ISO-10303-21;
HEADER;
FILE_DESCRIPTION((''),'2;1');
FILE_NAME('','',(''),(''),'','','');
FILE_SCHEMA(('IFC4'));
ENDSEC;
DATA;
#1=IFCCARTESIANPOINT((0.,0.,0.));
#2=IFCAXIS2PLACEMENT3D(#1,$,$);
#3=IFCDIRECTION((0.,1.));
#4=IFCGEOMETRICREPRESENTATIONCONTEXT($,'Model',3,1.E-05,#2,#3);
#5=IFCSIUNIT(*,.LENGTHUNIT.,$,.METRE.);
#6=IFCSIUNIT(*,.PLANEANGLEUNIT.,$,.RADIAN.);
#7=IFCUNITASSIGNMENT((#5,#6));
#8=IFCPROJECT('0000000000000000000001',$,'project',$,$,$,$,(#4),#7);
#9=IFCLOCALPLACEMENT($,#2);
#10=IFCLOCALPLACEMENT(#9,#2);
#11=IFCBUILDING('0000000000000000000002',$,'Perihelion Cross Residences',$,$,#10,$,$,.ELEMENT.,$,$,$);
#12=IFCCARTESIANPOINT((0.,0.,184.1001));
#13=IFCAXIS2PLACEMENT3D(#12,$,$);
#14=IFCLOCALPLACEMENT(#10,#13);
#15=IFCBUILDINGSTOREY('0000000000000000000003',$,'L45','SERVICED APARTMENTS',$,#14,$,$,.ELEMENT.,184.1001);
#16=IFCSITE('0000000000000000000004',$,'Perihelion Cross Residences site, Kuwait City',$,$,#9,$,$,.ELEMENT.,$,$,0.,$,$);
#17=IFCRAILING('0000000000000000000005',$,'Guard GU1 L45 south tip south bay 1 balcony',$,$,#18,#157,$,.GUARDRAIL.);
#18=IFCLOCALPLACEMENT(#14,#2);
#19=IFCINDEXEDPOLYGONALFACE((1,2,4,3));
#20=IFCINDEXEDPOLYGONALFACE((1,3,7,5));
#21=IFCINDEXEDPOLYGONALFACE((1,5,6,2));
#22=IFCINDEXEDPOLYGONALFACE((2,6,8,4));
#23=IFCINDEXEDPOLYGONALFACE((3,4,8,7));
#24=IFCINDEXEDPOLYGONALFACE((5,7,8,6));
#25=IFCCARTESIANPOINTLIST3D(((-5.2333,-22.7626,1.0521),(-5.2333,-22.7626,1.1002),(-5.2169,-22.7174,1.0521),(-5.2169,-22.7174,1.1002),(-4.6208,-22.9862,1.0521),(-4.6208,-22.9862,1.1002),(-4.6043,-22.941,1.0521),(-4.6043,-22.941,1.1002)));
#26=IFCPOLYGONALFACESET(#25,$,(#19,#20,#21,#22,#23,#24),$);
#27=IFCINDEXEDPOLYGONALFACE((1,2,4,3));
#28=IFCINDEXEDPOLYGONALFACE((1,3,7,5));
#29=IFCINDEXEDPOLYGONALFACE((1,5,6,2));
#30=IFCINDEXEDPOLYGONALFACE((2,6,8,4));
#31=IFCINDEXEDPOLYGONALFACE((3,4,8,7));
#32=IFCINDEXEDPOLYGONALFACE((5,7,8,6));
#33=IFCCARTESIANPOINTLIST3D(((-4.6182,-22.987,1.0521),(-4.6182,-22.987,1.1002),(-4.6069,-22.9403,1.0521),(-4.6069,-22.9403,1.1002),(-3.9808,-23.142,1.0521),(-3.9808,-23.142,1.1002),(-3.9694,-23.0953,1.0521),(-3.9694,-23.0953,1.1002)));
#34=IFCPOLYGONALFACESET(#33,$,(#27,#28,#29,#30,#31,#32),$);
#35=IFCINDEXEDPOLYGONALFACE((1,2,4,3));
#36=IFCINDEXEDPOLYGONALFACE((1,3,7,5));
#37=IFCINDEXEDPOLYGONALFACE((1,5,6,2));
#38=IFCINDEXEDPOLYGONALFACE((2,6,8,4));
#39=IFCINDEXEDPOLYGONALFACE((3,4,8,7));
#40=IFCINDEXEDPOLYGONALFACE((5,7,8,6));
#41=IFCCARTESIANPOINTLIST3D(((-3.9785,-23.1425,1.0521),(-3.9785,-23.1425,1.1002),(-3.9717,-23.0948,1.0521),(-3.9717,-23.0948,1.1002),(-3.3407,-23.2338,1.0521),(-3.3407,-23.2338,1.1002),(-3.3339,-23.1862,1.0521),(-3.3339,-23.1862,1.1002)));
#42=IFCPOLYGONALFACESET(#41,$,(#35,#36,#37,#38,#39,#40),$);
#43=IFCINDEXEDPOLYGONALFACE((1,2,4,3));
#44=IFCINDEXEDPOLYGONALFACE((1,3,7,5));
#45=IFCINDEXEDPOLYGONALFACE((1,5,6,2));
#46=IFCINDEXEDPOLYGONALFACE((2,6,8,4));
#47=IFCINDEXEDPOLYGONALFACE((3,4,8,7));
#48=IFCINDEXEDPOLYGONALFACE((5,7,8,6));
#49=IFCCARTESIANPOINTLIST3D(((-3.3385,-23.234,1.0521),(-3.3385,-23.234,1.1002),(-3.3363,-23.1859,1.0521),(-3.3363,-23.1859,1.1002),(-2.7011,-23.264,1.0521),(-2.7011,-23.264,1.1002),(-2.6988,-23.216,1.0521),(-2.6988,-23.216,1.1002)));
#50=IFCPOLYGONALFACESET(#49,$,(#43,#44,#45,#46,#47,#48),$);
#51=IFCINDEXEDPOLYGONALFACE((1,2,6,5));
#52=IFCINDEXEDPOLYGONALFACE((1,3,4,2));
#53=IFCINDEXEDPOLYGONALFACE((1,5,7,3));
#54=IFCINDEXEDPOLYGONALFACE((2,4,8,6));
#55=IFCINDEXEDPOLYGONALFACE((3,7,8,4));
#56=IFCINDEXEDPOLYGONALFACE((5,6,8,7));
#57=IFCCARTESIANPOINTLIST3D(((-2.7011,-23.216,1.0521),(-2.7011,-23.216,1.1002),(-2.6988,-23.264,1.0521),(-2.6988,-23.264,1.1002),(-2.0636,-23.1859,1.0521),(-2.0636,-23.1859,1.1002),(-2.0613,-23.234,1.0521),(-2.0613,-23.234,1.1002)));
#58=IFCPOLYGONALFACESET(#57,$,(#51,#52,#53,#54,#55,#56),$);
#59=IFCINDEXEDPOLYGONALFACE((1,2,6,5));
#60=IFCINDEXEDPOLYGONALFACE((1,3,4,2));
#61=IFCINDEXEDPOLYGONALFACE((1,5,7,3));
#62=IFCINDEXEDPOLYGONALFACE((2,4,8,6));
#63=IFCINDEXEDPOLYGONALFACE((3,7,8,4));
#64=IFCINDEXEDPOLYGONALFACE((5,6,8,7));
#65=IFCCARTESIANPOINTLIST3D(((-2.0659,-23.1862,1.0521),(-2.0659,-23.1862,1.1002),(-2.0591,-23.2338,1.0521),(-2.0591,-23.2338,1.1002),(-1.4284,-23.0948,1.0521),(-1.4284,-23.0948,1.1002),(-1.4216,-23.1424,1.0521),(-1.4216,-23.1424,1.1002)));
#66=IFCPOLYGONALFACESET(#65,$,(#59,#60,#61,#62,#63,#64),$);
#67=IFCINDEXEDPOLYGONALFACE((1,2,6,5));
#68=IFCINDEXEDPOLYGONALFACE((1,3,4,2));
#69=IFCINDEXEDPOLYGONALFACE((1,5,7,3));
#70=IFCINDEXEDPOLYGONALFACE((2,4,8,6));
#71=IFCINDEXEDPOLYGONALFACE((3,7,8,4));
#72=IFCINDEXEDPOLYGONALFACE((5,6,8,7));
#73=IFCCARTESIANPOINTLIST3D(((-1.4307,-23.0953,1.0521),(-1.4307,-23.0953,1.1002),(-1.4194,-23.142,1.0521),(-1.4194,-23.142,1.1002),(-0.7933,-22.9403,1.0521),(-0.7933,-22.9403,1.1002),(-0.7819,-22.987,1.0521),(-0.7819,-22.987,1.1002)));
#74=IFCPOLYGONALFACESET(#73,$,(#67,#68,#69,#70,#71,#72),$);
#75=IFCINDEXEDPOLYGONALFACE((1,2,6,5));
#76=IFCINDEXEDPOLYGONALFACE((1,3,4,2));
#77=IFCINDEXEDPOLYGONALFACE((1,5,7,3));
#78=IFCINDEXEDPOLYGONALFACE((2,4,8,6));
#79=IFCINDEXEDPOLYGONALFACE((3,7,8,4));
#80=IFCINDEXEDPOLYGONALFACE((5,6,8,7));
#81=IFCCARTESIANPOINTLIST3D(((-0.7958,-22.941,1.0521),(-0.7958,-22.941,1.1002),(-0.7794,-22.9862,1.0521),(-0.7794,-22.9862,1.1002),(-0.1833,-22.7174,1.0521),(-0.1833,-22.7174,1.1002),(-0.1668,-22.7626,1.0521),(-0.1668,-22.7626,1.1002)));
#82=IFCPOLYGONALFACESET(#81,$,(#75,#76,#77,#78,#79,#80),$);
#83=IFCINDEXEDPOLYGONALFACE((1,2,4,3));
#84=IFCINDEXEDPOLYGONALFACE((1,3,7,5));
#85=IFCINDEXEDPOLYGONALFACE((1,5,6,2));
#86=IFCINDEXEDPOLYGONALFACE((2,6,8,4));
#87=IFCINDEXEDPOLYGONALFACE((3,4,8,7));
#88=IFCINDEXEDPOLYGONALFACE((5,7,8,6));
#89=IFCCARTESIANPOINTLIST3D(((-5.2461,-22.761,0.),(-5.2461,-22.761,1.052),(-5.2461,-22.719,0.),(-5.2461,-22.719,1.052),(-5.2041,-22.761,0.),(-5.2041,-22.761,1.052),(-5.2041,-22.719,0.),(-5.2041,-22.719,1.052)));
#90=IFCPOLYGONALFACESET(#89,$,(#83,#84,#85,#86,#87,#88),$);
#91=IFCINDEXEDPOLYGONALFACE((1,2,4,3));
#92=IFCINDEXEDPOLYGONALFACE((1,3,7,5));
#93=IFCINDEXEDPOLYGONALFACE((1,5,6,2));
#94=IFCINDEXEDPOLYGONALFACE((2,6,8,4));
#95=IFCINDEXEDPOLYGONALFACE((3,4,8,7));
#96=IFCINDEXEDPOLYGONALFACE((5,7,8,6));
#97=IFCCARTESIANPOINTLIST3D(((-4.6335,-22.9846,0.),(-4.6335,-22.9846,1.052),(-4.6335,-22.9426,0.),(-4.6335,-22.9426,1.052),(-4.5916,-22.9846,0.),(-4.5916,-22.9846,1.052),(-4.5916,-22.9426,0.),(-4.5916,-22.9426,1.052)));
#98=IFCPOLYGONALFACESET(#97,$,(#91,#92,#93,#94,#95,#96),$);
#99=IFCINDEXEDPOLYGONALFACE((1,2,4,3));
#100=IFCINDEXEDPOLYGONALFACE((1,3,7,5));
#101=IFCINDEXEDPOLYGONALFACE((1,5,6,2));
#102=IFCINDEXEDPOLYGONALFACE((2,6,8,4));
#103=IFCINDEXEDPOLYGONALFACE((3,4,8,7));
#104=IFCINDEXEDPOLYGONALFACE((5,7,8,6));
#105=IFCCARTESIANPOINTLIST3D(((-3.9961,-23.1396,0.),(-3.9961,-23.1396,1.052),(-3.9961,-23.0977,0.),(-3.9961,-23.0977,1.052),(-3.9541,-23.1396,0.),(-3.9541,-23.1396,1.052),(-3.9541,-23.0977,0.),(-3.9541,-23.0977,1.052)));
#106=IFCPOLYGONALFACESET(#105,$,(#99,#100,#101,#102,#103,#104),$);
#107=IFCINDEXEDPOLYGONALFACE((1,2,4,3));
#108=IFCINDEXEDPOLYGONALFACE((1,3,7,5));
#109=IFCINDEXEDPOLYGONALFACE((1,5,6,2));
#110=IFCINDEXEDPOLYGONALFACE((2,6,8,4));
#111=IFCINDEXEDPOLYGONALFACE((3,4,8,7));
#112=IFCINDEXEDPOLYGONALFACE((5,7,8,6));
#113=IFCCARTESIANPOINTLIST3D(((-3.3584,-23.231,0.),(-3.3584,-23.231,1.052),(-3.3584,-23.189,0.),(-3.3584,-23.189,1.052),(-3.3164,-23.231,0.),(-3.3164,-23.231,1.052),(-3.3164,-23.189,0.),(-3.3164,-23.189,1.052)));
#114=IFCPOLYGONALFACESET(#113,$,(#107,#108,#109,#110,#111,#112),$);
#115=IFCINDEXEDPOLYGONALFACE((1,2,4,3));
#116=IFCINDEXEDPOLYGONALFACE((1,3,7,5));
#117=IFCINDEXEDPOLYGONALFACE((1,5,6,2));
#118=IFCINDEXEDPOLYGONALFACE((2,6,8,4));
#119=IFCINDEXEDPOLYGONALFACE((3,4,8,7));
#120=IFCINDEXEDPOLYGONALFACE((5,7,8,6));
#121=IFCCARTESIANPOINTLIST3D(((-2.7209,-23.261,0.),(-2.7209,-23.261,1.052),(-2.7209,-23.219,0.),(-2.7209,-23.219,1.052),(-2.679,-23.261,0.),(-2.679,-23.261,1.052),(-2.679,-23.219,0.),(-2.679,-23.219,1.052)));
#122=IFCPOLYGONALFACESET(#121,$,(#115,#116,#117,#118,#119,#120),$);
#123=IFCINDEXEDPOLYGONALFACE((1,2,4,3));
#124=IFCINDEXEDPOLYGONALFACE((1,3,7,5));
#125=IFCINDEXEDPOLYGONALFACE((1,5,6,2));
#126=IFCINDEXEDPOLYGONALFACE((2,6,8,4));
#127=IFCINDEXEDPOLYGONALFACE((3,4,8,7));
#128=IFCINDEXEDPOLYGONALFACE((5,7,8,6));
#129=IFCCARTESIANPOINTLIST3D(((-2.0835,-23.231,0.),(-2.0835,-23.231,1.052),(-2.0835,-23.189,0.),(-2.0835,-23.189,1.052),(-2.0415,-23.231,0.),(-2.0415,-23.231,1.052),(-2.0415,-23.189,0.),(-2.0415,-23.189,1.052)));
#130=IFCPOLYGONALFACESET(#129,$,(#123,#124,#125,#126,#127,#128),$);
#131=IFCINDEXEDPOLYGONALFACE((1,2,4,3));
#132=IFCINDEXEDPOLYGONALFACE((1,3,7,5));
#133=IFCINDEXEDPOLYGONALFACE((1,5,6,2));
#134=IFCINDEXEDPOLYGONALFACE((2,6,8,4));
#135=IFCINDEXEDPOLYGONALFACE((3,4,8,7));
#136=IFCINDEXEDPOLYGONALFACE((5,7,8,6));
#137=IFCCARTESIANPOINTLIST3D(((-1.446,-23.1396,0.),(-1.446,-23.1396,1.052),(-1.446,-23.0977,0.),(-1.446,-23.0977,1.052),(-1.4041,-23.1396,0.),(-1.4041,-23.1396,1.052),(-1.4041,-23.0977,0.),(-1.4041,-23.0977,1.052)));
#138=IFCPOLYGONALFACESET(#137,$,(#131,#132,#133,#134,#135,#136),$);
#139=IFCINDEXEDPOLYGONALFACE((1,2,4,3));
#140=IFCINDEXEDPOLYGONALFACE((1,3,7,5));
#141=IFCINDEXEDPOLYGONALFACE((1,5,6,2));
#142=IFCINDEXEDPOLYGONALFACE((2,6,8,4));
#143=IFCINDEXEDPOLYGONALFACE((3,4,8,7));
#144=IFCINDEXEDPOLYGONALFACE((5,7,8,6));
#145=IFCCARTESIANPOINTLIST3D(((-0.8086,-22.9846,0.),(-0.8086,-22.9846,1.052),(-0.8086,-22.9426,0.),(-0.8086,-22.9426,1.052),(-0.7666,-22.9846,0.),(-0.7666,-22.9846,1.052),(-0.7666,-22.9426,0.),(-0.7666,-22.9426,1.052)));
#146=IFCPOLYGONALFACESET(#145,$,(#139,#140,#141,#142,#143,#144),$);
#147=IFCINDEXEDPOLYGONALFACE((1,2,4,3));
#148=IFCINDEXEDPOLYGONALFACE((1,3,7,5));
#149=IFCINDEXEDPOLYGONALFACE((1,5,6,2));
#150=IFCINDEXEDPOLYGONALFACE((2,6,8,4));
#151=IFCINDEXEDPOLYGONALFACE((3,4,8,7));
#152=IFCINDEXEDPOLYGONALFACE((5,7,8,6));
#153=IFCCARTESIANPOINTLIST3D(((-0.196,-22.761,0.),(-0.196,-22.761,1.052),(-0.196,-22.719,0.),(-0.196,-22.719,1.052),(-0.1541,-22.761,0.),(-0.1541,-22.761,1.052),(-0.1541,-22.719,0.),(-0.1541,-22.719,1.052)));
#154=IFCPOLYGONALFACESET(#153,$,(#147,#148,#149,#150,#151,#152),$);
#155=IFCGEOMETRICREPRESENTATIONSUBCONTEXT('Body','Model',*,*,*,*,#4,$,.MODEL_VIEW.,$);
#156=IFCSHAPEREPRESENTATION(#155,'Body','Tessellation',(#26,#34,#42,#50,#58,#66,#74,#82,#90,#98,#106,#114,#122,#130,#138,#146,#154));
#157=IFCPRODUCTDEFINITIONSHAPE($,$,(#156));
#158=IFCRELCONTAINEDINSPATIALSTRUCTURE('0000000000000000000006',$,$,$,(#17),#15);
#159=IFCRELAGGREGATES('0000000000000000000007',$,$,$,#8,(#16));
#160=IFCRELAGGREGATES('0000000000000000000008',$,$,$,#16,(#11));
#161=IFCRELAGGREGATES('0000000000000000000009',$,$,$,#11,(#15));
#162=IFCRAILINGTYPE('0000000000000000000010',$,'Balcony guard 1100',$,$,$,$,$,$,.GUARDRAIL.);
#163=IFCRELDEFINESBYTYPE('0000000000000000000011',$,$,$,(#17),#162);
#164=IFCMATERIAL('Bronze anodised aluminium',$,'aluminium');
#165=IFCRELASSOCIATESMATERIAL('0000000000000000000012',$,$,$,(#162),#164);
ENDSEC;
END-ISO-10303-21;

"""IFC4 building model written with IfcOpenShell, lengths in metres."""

from ifc_helpers import new_model, si_unit, direction, frame, origin, origin_2d, place, context, subcontext, project, spatial, rectangle, extrude, material, type_object, element, save


model = new_model("IFC4")

# Units and contexts
model_context = context("Model", 3, precision=1e-05, world=origin(), true_north=direction((0.0, 1.0)))
body_context = subcontext(model_context, "Body", "Model", "MODEL_VIEW")
ifc_project = project(units=[si_unit("LENGTHUNIT", "METRE"), si_unit("PLANEANGLEUNIT", "RADIAN")], contexts=[model_context])

# Site, building, storey
site_placement = place(None, origin())
site = spatial("IfcSite", under=ifc_project, at=site_placement, Name="Perihelion Cross Residences site, Kuwait City", CompositionType="ELEMENT", RefElevation=0.0)
building_placement = place(site_placement, origin())
building = spatial("IfcBuilding", under=site, at=building_placement, Name="Perihelion Cross Residences", CompositionType="ELEMENT")
storey_placement = place(building_placement, frame((0.0, 0.0, 184.1001)))
storey = spatial("IfcBuildingStorey", under=building, at=storey_placement, Name="L45", Description="SERVICED APARTMENTS", CompositionType="ELEMENT", Elevation=184.1001)

# Railing
ifc_material_1 = material(Name="Bronze anodised aluminium", Category="aluminium")
railing_type = type_object("IfcRailingType", Name="Balcony guard 1100", PredefinedType="GUARDRAIL", material=ifc_material_1)
railing_placement = place(storey_placement, frame((-5.2251, -22.74, 0.0)))
element("IfcRailing", 1, at=railing_placement, inside=storey, type_object=railing_type, Name="Guard GU1 L45 south tip south bay 1 balcony", PredefinedType="GUARDRAIL", context=body_context, shape_type="SweptSolid", body=[
    extrude(rectangle(XDim=0.0481, YDim=0.0481, at=origin_2d()), frame((0.0, 0.0, 1.0762), z_axis=(0.939355, -0.342945, 0.0), x_axis=(0.342945, 0.939355, 0.0)), (0.0, 0.0, 1.0), 0.6521),
    extrude(rectangle(XDim=0.0481, YDim=0.0481, at=origin_2d()), frame((0.6125, -0.2236, 1.0762), z_axis=(0.971677, -0.236314, 0.0), x_axis=(0.236314, 0.971677, 0.0)), (0.0, 0.0, 1.0), 0.656),
    extrude(rectangle(XDim=0.0481, YDim=0.0481, at=origin_2d()), frame((1.25, -0.3787, 1.0762), z_axis=(0.989904, -0.14174, 0.0), x_axis=(0.14174, 0.989904, 0.0)), (0.0, 0.0, 1.0), 0.6443),
    extrude(rectangle(XDim=0.0481, YDim=0.0481, at=origin_2d()), frame((1.8877, -0.47, 1.0762), z_axis=(0.998892, -0.047056, 0.0), x_axis=(0.047056, 0.998892, 0.0)), (0.0, 0.0, 1.0), 0.6382),
    extrude(rectangle(XDim=0.0481, YDim=0.0481, at=origin_2d()), frame((2.5251, -0.5, 1.0762), z_axis=(0.998892, 0.047056, 0.0), x_axis=(-0.047056, 0.998892, 0.0)), (0.0, 0.0, 1.0), 0.6382),
    extrude(rectangle(XDim=0.0481, YDim=0.0481, at=origin_2d()), frame((3.1626, -0.47, 1.0762), z_axis=(0.989896, 0.141793, 0.0), x_axis=(-0.141793, 0.989896, 0.0)), (0.0, 0.0, 1.0), 0.644),
    extrude(rectangle(XDim=0.0481, YDim=0.0481, at=origin_2d()), frame((3.8, -0.3787, 1.0762), z_axis=(0.971677, 0.236314, 0.0), x_axis=(-0.236314, 0.971677, 0.0)), (0.0, 0.0, 1.0), 0.656),
    extrude(rectangle(XDim=0.0481, YDim=0.0481, at=origin_2d()), frame((4.4375, -0.2236, 1.0762), z_axis=(0.939355, 0.342945, 0.0), x_axis=(-0.342945, 0.939355, 0.0)), (0.0, 0.0, 1.0), 0.6521),
    extrude(rectangle(XDim=0.042, YDim=0.042, at=origin_2d()), origin(), (0.0, 0.0, 1.0), 1.052),
    extrude(rectangle(XDim=0.042, YDim=0.042, at=origin_2d()), frame((0.6125, -0.2236, 0.0)), (0.0, 0.0, 1.0), 1.052),
    extrude(rectangle(XDim=0.042, YDim=0.042, at=origin_2d()), frame((1.25, -0.3787, 0.0)), (0.0, 0.0, 1.0), 1.052),
    extrude(rectangle(XDim=0.042, YDim=0.042, at=origin_2d()), frame((1.8877, -0.47, 0.0)), (0.0, 0.0, 1.0), 1.052),
    extrude(rectangle(XDim=0.042, YDim=0.042, at=origin_2d()), frame((2.5251, -0.5, 0.0)), (0.0, 0.0, 1.0), 1.052),
    extrude(rectangle(XDim=0.042, YDim=0.042, at=origin_2d()), frame((3.1626, -0.47, 0.0)), (0.0, 0.0, 1.0), 1.052),
    extrude(rectangle(XDim=0.042, YDim=0.042, at=origin_2d()), frame((3.8, -0.3787, 0.0)), (0.0, 0.0, 1.0), 1.052),
    extrude(rectangle(XDim=0.042, YDim=0.042, at=origin_2d()), frame((4.4375, -0.2236, 0.0)), (0.0, 0.0, 1.0), 1.052),
    extrude(rectangle(XDim=0.042, YDim=0.042, at=origin_2d()), frame((5.05, 0.0, 0.0)), (0.0, 0.0, 1.0), 1.052),
])

save(model, "model.ifc")
